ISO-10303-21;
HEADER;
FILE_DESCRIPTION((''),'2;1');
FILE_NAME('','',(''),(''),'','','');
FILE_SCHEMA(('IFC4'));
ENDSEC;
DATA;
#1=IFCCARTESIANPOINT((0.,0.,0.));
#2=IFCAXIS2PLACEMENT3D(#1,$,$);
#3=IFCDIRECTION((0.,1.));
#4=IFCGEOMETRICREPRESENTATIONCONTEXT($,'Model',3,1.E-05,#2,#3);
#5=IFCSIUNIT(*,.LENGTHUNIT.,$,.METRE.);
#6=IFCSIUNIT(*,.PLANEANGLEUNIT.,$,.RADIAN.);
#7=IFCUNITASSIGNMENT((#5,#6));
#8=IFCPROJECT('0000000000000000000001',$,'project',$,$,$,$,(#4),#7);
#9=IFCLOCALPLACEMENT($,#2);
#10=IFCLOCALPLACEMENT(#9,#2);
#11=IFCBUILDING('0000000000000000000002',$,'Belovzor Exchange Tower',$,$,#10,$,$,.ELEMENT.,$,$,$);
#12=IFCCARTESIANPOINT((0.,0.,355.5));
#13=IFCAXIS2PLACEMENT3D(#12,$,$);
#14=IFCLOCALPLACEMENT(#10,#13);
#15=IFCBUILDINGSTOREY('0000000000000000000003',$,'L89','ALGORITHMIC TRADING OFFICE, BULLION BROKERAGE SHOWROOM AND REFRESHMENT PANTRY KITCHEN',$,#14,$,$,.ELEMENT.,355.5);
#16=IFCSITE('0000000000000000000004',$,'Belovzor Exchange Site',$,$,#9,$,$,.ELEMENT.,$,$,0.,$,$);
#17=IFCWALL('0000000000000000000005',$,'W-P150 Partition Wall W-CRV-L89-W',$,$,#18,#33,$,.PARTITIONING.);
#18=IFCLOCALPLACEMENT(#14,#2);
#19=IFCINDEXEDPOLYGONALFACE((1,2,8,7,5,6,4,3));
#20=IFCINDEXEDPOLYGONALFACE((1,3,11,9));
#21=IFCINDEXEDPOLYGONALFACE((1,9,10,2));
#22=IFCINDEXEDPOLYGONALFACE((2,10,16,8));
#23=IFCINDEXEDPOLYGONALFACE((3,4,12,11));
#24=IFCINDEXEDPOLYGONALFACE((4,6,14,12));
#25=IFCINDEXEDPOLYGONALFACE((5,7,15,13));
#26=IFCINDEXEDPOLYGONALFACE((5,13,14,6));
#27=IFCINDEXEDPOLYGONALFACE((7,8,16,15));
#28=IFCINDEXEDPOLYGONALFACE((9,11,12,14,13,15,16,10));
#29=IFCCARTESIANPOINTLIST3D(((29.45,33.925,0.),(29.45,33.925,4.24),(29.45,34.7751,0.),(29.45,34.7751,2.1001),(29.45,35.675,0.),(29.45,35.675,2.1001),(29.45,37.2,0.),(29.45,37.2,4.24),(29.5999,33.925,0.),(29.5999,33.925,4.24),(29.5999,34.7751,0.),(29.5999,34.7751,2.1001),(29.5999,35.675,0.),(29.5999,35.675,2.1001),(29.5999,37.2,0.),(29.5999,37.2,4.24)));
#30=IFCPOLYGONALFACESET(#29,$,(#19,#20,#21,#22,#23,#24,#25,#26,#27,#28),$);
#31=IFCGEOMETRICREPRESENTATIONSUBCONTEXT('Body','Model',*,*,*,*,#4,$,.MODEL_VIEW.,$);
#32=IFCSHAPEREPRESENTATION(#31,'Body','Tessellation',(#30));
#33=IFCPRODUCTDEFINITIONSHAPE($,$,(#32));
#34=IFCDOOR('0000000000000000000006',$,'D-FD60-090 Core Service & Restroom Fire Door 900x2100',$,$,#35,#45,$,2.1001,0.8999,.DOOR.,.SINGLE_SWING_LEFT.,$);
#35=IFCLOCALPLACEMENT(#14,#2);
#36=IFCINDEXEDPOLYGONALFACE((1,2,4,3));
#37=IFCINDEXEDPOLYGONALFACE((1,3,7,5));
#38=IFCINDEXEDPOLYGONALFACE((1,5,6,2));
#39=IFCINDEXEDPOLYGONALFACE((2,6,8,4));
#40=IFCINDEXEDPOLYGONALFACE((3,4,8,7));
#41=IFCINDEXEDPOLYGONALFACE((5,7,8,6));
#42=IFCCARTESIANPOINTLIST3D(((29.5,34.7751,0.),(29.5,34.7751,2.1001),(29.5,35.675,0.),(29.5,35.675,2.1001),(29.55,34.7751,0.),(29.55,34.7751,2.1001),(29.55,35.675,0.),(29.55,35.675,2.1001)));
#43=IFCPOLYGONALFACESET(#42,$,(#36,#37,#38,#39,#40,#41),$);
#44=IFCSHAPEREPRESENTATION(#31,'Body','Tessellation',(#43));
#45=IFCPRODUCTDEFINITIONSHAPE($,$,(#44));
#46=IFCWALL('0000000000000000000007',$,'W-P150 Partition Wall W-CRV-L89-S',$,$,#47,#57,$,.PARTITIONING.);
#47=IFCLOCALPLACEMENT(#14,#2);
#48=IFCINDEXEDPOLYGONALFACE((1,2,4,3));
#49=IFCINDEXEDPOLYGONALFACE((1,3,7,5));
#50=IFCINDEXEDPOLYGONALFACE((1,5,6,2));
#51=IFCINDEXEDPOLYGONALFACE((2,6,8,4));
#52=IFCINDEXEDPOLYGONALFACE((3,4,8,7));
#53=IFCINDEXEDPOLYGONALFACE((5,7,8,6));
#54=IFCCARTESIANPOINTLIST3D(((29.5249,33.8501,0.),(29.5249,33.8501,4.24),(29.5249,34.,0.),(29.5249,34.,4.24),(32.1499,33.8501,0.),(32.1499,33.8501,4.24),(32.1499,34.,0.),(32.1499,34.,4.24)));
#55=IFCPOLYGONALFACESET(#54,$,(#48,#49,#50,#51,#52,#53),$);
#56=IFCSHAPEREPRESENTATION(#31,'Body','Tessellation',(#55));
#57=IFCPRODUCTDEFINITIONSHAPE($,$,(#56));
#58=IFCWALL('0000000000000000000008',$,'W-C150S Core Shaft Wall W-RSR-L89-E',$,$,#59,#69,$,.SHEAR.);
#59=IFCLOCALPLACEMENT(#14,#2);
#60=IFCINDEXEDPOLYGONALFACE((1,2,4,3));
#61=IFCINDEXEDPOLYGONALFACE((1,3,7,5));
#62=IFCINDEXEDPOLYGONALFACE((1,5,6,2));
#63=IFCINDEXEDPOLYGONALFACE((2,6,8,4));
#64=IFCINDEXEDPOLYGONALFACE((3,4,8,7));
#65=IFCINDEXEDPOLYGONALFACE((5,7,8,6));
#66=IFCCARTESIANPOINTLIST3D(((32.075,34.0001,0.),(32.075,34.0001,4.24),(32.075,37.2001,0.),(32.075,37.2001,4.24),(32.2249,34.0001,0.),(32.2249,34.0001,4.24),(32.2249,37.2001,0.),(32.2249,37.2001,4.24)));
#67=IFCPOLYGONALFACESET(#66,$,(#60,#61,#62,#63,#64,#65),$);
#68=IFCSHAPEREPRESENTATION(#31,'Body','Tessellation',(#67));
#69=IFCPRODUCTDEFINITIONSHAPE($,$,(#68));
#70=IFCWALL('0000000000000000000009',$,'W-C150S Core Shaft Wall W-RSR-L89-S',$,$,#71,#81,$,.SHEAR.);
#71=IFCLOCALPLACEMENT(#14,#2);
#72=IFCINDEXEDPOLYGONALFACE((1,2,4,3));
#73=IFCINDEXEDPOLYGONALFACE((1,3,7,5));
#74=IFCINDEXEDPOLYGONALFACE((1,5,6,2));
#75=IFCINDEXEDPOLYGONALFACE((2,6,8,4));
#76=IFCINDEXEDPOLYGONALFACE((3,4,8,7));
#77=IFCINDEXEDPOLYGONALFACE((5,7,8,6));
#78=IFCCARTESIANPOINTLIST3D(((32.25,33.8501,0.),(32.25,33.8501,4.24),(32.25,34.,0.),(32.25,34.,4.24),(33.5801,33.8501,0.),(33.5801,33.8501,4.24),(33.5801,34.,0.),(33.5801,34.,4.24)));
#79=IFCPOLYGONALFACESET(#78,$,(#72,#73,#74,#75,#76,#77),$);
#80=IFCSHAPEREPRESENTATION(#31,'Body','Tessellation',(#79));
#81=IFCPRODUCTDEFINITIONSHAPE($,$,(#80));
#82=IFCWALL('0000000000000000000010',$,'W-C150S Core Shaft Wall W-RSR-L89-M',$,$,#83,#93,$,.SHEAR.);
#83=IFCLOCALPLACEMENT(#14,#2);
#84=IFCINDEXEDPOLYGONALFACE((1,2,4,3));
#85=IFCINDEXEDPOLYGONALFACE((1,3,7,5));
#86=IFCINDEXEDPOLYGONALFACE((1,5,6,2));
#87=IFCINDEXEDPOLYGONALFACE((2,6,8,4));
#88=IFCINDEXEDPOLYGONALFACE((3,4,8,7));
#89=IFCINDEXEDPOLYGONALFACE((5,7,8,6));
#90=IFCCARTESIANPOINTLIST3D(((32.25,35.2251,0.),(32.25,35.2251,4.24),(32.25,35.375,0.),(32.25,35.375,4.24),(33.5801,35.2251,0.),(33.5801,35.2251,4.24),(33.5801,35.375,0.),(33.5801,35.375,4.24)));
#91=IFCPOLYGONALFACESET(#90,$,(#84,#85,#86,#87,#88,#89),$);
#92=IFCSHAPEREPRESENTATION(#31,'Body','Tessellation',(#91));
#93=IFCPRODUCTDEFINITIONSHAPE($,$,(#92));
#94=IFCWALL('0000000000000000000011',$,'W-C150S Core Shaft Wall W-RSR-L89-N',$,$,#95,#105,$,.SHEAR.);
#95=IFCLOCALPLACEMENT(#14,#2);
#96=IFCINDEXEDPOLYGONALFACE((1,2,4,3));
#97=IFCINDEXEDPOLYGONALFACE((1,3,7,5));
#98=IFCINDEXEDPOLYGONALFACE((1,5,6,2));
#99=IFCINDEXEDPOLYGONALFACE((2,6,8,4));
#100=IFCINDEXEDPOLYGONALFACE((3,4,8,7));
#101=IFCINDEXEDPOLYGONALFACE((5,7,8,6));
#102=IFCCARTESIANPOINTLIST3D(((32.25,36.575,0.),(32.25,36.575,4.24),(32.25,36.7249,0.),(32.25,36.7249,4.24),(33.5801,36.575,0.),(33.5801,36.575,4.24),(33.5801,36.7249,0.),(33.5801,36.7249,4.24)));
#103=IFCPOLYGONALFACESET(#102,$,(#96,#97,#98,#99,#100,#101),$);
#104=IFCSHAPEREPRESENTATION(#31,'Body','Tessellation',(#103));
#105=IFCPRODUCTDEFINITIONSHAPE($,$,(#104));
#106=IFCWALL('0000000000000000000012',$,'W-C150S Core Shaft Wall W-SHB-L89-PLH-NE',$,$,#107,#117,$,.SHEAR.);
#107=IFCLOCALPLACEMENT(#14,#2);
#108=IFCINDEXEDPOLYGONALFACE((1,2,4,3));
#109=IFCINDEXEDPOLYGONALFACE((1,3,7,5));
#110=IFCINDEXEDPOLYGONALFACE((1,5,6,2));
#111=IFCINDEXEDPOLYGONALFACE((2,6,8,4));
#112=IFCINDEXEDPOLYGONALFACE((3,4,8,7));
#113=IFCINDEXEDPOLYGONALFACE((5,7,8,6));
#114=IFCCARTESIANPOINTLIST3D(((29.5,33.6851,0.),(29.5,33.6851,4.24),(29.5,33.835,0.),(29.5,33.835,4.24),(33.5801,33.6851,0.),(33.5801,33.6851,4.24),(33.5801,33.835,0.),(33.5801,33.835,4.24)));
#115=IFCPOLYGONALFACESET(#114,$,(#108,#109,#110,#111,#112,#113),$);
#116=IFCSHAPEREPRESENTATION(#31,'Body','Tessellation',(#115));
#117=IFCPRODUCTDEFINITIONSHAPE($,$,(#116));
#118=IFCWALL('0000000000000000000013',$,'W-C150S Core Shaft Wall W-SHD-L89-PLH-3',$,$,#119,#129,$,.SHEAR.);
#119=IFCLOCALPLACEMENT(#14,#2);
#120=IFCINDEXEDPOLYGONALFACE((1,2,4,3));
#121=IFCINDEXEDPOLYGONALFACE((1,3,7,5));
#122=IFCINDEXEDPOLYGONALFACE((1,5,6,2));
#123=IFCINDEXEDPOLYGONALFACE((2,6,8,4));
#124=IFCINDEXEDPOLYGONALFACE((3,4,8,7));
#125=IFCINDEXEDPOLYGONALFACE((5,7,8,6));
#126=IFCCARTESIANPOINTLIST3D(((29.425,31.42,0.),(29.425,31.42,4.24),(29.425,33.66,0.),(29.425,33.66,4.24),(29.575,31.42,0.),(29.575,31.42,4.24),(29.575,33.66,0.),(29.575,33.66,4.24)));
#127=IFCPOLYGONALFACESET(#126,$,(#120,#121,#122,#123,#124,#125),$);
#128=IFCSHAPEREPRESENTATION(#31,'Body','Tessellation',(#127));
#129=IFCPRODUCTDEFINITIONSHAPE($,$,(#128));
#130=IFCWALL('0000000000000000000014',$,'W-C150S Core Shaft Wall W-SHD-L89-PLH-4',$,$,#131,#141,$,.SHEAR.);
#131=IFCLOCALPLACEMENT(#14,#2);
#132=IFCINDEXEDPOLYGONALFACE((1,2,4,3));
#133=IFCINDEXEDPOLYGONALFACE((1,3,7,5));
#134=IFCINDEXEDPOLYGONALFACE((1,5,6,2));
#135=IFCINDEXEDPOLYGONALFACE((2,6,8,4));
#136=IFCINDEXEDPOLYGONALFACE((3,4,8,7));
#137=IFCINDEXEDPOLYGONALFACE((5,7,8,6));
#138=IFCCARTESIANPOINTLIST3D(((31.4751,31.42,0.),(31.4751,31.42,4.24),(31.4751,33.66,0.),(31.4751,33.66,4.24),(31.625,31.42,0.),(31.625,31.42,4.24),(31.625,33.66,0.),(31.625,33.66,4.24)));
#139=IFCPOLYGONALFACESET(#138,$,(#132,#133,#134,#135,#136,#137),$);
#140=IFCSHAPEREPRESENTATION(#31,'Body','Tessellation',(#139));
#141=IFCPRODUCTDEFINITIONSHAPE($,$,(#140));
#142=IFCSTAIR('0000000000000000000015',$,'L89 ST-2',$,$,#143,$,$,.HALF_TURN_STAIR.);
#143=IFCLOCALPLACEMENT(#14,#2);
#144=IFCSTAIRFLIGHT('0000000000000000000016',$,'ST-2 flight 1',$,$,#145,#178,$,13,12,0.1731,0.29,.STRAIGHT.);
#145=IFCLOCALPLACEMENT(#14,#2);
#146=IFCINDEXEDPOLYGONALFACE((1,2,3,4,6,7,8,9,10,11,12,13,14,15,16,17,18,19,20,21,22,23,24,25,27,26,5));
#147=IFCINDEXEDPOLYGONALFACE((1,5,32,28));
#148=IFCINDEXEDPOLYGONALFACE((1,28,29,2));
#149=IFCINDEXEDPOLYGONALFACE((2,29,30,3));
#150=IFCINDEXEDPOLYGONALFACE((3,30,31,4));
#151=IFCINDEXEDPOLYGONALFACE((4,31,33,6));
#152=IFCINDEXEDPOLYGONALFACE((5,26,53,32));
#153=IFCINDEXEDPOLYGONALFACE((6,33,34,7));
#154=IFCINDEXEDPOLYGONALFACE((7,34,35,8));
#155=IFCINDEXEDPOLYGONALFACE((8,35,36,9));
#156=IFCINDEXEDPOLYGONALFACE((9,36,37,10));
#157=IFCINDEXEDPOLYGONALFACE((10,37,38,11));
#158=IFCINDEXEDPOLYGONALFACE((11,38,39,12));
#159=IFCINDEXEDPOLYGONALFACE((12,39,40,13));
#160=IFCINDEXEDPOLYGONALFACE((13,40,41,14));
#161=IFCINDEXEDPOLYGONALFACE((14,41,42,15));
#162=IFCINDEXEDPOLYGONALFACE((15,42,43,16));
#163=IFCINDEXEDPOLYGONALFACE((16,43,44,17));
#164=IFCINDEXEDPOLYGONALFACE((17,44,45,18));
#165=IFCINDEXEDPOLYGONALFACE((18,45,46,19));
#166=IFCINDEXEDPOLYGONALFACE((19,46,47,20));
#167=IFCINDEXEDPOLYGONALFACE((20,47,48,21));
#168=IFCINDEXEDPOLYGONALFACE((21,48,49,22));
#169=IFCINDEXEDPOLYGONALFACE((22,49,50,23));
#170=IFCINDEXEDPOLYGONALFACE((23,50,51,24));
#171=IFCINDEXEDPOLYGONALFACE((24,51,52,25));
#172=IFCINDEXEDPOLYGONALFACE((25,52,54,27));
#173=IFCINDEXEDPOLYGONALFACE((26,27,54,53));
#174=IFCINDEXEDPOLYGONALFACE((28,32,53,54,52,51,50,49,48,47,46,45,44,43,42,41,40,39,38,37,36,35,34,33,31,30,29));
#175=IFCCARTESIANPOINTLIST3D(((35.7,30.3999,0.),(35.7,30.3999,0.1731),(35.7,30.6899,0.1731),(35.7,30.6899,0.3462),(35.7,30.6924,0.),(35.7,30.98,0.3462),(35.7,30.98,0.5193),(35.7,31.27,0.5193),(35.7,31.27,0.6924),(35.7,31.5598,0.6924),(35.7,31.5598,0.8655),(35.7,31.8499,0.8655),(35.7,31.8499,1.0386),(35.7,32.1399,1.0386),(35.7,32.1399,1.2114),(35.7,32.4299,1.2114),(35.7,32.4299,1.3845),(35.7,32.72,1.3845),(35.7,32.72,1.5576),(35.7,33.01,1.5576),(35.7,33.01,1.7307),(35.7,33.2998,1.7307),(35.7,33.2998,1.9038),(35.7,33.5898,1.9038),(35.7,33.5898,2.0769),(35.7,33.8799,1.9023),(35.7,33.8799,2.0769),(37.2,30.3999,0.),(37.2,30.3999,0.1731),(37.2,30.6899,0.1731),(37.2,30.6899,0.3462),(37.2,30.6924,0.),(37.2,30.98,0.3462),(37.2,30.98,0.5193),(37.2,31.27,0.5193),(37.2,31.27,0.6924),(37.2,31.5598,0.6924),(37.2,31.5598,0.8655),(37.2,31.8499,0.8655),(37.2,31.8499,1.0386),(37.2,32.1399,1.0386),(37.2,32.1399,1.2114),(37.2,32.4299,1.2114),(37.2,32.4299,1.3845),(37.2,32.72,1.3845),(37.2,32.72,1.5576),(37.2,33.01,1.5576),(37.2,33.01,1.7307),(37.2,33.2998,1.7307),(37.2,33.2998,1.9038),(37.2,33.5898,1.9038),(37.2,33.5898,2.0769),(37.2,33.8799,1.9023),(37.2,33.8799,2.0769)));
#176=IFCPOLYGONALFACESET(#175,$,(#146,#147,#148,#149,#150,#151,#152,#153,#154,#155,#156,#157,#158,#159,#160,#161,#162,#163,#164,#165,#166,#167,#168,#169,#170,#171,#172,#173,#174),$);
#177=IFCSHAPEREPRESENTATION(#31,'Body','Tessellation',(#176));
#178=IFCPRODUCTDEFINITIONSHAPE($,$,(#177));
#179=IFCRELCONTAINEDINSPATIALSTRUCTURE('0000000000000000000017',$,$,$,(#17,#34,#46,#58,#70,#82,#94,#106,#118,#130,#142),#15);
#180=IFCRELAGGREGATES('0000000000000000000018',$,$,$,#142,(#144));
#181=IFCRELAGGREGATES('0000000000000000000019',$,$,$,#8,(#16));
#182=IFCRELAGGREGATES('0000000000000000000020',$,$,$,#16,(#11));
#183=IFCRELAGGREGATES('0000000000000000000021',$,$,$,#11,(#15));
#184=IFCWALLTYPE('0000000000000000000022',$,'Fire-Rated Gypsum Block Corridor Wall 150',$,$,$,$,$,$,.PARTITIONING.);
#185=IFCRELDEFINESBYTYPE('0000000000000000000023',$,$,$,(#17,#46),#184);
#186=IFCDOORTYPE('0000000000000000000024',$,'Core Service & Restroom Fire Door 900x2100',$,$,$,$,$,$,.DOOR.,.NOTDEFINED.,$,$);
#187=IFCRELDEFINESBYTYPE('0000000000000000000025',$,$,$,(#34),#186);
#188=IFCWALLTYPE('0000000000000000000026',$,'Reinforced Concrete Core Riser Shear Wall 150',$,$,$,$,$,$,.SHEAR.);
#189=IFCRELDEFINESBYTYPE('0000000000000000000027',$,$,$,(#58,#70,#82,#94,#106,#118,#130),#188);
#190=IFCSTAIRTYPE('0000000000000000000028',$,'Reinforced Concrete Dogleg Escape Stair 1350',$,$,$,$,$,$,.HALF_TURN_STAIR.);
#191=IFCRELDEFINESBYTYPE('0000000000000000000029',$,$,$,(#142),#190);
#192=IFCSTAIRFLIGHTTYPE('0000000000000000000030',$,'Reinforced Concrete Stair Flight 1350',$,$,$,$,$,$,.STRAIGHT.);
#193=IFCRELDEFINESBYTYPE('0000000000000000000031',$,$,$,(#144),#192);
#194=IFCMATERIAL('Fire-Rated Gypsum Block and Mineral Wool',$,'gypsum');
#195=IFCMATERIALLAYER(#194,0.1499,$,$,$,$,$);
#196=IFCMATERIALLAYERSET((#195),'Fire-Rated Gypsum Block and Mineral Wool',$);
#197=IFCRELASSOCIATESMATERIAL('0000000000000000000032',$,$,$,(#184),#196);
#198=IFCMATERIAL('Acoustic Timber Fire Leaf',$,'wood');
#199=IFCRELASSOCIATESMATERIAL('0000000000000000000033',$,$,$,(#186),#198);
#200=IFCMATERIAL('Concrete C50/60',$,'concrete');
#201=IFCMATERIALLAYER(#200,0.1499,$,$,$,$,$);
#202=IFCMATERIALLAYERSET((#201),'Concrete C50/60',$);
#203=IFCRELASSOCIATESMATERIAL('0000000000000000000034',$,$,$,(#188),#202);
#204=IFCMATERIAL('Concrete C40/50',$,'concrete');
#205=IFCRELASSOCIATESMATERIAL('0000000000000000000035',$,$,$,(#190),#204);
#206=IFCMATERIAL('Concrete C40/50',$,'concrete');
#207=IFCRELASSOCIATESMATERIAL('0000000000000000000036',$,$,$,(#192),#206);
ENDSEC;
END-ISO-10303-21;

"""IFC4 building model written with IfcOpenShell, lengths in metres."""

from ifc_helpers import new_model, si_unit, direction, frame, frame_2d, origin, place, context, subcontext, project, spatial, polyline, rectangle, outline, extrude, material, layer, layer_set, type_object, element, fill, aggregate, save


model = new_model("IFC4")

# Units and contexts
model_context = context("Model", 3, precision=1e-05, world=origin(), true_north=direction((0.0, 1.0)))
body_context = subcontext(model_context, "Body", "Model", "MODEL_VIEW")
ifc_project = project(units=[si_unit("LENGTHUNIT", "METRE"), si_unit("PLANEANGLEUNIT", "RADIAN")], contexts=[model_context])

# Site, building, storey
site_placement = place(None, origin())
site = spatial("IfcSite", under=ifc_project, at=site_placement, Name="Belovzor Exchange Site", CompositionType="ELEMENT", RefElevation=0.0)
building_placement = place(site_placement, origin())
building = spatial("IfcBuilding", under=site, at=building_placement, Name="Belovzor Exchange Tower", CompositionType="ELEMENT")
storey_placement = place(building_placement, frame((0.0, 0.0, 355.5)))
storey = spatial("IfcBuildingStorey", under=building, at=storey_placement, Name="L89", Description="ALGORITHMIC TRADING OFFICE, BULLION BROKERAGE SHOWROOM AND REFRESHMENT PANTRY KITCHEN", CompositionType="ELEMENT", Elevation=355.5)

# Wall, opening, door
ifc_material_1 = material(Name="Fire-Rated Gypsum Block and Mineral Wool", Category="gypsum")
ifc_layer_1 = layer(ifc_material_1, 0.1499)
ifc_layer_set_1 = layer_set([ifc_layer_1], Name="Fire-Rated Gypsum Block and Mineral Wool")
wall_type_1 = type_object("IfcWallType", Name="Fire-Rated Gypsum Block Corridor Wall 150", PredefinedType="PARTITIONING", material=ifc_layer_set_1)
wall_1_placement = place(storey_placement, frame((29.5249, 33.925, 0.0), z_axis=(0.0, 0.0, 1.0), x_axis=(0.0, 1.0, 0.0)))
wall_1 = element("IfcWall", 1, at=wall_1_placement, inside=storey, type_object=wall_type_1, Name="W-P150 Partition Wall W-CRV-L89-W", PredefinedType="PARTITIONING", context=body_context, shape_type="SweptSolid", body=[
    extrude(rectangle(XDim=3.2749, YDim=0.1499, at=frame_2d((1.6375, 0.0))), origin(), (0.0, 0.0, 1.0), 4.24),
])
opening_1_placement = place(wall_1_placement, frame((0.8501, 0.0, 0.0)))
opening_1 = element("IfcOpeningElement", 2, at=opening_1_placement, cuts=wall_1, PredefinedType="OPENING", context=body_context, shape_type="SweptSolid", body=[
    extrude(rectangle(XDim=0.8999, YDim=2.1001, at=frame_2d((0.45, 1.05))), frame((0.0, 0.085, 0.0), z_axis=(0.0, -1.0, 0.0), x_axis=(1.0, 0.0, 0.0)), (0.0, 0.0, 1.0), 0.1699),
])
ifc_material_2 = material(Name="Acoustic Timber Fire Leaf", Category="wood")
door_type_1 = type_object("IfcDoorType", Name="Core Service & Restroom Fire Door 900x2100", OperationType="NOTDEFINED", PredefinedType="DOOR", material=ifc_material_2)
door_1_placement = place(opening_1_placement, origin())
door_1 = element("IfcDoor", 3, at=door_1_placement, inside=storey, type_object=door_type_1, Name="D-FD60-090 Core Service & Restroom Fire Door 900x2100", OperationType="SINGLE_SWING_LEFT", OverallHeight=2.1001, OverallWidth=0.8999, PredefinedType="DOOR", context=body_context, shape_type="SweptSolid", body=[
    extrude(rectangle(XDim=0.8999, YDim=2.1001, at=frame_2d((0.45, 1.05))), frame((0.0, 0.0249, 0.0), z_axis=(0.0, -1.0, 0.0), x_axis=(1.0, 0.0, 0.0)), (0.0, 0.0, 1.0), 0.05),
])
fill(opening_1, door_1)

# Walls
wall_2_placement = place(storey_placement, frame((29.5249, 33.925, 0.0), z_axis=(0.0, 0.0, 1.0), x_axis=(1.0, 0.0, 0.0)))
element("IfcWall", 4, at=wall_2_placement, inside=storey, type_object=wall_type_1, Name="W-P150 Partition Wall W-CRV-L89-S", PredefinedType="PARTITIONING", context=body_context, shape_type="SweptSolid", body=[
    extrude(rectangle(XDim=2.625, YDim=0.1499, at=frame_2d((1.3125, 0.0))), origin(), (0.0, 0.0, 1.0), 4.24),
])
ifc_material_3 = material(Name="Concrete C50/60", Category="concrete")
ifc_layer_2 = layer(ifc_material_3, 0.1499)
ifc_layer_set_2 = layer_set([ifc_layer_2], Name="Concrete C50/60")
wall_type_2 = type_object("IfcWallType", Name="Reinforced Concrete Core Riser Shear Wall 150", PredefinedType="SHEAR", material=ifc_layer_set_2)
wall_3_placement = place(storey_placement, frame((32.1499, 34.0, 0.0), z_axis=(0.0, 0.0, 1.0), x_axis=(0.0, 1.0, 0.0)))
element("IfcWall", 5, at=wall_3_placement, inside=storey, type_object=wall_type_2, Name="W-C150S Core Shaft Wall W-RSR-L89-E", PredefinedType="SHEAR", context=body_context, shape_type="SweptSolid", body=[
    extrude(rectangle(XDim=3.2, YDim=0.1499, at=frame_2d((1.6001, 0.0))), origin(), (0.0, 0.0, 1.0), 4.24),
])
for number, where, z_axis, x_axis, name in (
    (6, (32.25, 33.925, 0.0), (0.0, 0.0, 1.0), (1.0, 0.0, 0.0), "W-C150S Core Shaft Wall W-RSR-L89-S"),
    (7, (32.25, 35.3, 0.0), (0.0, 0.0, 1.0), (1.0, 0.0, 0.0), "W-C150S Core Shaft Wall W-RSR-L89-M"),
    (8, (32.25, 36.6499, 0.0), (0.0, 0.0, 1.0), (1.0, 0.0, 0.0), "W-C150S Core Shaft Wall W-RSR-L89-N"),
):
    element("IfcWall", number, at=place(storey_placement, frame(where, z_axis=z_axis, x_axis=x_axis)), inside=storey, type_object=wall_type_2, Name=name, PredefinedType="SHEAR", context=body_context, shape_type="SweptSolid", body=[
        extrude(rectangle(XDim=1.3301, YDim=0.1499, at=frame_2d((0.665, 0.0))), origin(), (0.0, 0.0, 1.0), 4.24),
    ])
wall_4_placement = place(storey_placement, frame((29.5, 33.76, 0.0), z_axis=(0.0, 0.0, 1.0), x_axis=(1.0, 0.0, 0.0)))
element("IfcWall", 9, at=wall_4_placement, inside=storey, type_object=wall_type_2, Name="W-C150S Core Shaft Wall W-SHB-L89-PLH-NE", PredefinedType="SHEAR", context=body_context, shape_type="SweptSolid", body=[
    extrude(rectangle(XDim=4.0801, YDim=0.1499, at=frame_2d((2.04, 0.0))), origin(), (0.0, 0.0, 1.0), 4.24),
])
for number, where, z_axis, x_axis, name in (
    (10, (29.5, 31.4199, 0.0), (0.0, 0.0, 1.0), (0.0, 1.0, 0.0), "W-C150S Core Shaft Wall W-SHD-L89-PLH-3"),
    (11, (31.55, 31.4199, 0.0), (0.0, 0.0, 1.0), (0.0, 1.0, 0.0), "W-C150S Core Shaft Wall W-SHD-L89-PLH-4"),
):
    element("IfcWall", number, at=place(storey_placement, frame(where, z_axis=z_axis, x_axis=x_axis)), inside=storey, type_object=wall_type_2, Name=name, PredefinedType="SHEAR", context=body_context, shape_type="SweptSolid", body=[
        extrude(rectangle(XDim=2.24, YDim=0.1499, at=frame_2d((1.1201, 0.0))), origin(), (0.0, 0.0, 1.0), 4.24),
    ])

# Stair, stair flight
ifc_material_4 = material(Name="Concrete C40/50", Category="concrete")
stair_type = type_object("IfcStairType", Name="Reinforced Concrete Dogleg Escape Stair 1350", PredefinedType="HALF_TURN_STAIR", material=ifc_material_4)
stair_placement = place(storey_placement, origin())
stair = element("IfcStair", 12, at=stair_placement, inside=storey, type_object=stair_type, Name="L89 ST-2", PredefinedType="HALF_TURN_STAIR")
ifc_material_5 = material(Name="Concrete C40/50", Category="concrete")
stair_flight_type = type_object("IfcStairFlightType", Name="Reinforced Concrete Stair Flight 1350", PredefinedType="STRAIGHT", material=ifc_material_5)
stair_flight_1_placement = place(storey_placement, frame((36.45, 30.3999, 0.0), z_axis=(0.0, 0.0, 1.0), x_axis=(0.0, 1.0, 0.0)))
stair_flight_1 = element("IfcStairFlight", 13, at=stair_flight_1_placement, type_object=stair_flight_type, Name="ST-2 flight 1", NumberOfRisers=13, NumberOfTreads=12, PredefinedType="STRAIGHT", RiserHeight=0.1731, TreadLength=0.29, context=body_context, shape_type="SweptSolid", body=[
    extrude(outline(polyline([(0.0, 0.0), (0.0, 0.1731), (0.29, 0.1731), (0.29, 0.3462), (0.5801, 0.3462), (0.5801, 0.5193), (0.8701, 0.5193), (0.8701, 0.6924), (1.1599, 0.6924), (1.1599, 0.8655), (1.45, 0.8655), (1.45, 1.0386), (1.74, 1.0386), (1.74, 1.2114), (2.03, 1.2114), (2.03, 1.3845), (2.3201, 1.3845), (2.3201, 1.5576), (2.6101, 1.5576), (2.6101, 1.7307), (2.8999, 1.7307), (2.8999, 1.9038), (3.1899, 1.9038), (3.1899, 2.0769), (3.48, 2.0769), (3.48, 2.25), (3.48, 1.9023), (0.2925, 0.0), (0.0, 0.0)])), frame((0.0, 0.75, 0.0), z_axis=(0.0, -1.0, 0.0), x_axis=(1.0, 0.0, 0.0)), (0.0, 0.0, 1.0), 1.5),
])
aggregate(stair, [stair_flight_1])

save(model, "model.ifc")
